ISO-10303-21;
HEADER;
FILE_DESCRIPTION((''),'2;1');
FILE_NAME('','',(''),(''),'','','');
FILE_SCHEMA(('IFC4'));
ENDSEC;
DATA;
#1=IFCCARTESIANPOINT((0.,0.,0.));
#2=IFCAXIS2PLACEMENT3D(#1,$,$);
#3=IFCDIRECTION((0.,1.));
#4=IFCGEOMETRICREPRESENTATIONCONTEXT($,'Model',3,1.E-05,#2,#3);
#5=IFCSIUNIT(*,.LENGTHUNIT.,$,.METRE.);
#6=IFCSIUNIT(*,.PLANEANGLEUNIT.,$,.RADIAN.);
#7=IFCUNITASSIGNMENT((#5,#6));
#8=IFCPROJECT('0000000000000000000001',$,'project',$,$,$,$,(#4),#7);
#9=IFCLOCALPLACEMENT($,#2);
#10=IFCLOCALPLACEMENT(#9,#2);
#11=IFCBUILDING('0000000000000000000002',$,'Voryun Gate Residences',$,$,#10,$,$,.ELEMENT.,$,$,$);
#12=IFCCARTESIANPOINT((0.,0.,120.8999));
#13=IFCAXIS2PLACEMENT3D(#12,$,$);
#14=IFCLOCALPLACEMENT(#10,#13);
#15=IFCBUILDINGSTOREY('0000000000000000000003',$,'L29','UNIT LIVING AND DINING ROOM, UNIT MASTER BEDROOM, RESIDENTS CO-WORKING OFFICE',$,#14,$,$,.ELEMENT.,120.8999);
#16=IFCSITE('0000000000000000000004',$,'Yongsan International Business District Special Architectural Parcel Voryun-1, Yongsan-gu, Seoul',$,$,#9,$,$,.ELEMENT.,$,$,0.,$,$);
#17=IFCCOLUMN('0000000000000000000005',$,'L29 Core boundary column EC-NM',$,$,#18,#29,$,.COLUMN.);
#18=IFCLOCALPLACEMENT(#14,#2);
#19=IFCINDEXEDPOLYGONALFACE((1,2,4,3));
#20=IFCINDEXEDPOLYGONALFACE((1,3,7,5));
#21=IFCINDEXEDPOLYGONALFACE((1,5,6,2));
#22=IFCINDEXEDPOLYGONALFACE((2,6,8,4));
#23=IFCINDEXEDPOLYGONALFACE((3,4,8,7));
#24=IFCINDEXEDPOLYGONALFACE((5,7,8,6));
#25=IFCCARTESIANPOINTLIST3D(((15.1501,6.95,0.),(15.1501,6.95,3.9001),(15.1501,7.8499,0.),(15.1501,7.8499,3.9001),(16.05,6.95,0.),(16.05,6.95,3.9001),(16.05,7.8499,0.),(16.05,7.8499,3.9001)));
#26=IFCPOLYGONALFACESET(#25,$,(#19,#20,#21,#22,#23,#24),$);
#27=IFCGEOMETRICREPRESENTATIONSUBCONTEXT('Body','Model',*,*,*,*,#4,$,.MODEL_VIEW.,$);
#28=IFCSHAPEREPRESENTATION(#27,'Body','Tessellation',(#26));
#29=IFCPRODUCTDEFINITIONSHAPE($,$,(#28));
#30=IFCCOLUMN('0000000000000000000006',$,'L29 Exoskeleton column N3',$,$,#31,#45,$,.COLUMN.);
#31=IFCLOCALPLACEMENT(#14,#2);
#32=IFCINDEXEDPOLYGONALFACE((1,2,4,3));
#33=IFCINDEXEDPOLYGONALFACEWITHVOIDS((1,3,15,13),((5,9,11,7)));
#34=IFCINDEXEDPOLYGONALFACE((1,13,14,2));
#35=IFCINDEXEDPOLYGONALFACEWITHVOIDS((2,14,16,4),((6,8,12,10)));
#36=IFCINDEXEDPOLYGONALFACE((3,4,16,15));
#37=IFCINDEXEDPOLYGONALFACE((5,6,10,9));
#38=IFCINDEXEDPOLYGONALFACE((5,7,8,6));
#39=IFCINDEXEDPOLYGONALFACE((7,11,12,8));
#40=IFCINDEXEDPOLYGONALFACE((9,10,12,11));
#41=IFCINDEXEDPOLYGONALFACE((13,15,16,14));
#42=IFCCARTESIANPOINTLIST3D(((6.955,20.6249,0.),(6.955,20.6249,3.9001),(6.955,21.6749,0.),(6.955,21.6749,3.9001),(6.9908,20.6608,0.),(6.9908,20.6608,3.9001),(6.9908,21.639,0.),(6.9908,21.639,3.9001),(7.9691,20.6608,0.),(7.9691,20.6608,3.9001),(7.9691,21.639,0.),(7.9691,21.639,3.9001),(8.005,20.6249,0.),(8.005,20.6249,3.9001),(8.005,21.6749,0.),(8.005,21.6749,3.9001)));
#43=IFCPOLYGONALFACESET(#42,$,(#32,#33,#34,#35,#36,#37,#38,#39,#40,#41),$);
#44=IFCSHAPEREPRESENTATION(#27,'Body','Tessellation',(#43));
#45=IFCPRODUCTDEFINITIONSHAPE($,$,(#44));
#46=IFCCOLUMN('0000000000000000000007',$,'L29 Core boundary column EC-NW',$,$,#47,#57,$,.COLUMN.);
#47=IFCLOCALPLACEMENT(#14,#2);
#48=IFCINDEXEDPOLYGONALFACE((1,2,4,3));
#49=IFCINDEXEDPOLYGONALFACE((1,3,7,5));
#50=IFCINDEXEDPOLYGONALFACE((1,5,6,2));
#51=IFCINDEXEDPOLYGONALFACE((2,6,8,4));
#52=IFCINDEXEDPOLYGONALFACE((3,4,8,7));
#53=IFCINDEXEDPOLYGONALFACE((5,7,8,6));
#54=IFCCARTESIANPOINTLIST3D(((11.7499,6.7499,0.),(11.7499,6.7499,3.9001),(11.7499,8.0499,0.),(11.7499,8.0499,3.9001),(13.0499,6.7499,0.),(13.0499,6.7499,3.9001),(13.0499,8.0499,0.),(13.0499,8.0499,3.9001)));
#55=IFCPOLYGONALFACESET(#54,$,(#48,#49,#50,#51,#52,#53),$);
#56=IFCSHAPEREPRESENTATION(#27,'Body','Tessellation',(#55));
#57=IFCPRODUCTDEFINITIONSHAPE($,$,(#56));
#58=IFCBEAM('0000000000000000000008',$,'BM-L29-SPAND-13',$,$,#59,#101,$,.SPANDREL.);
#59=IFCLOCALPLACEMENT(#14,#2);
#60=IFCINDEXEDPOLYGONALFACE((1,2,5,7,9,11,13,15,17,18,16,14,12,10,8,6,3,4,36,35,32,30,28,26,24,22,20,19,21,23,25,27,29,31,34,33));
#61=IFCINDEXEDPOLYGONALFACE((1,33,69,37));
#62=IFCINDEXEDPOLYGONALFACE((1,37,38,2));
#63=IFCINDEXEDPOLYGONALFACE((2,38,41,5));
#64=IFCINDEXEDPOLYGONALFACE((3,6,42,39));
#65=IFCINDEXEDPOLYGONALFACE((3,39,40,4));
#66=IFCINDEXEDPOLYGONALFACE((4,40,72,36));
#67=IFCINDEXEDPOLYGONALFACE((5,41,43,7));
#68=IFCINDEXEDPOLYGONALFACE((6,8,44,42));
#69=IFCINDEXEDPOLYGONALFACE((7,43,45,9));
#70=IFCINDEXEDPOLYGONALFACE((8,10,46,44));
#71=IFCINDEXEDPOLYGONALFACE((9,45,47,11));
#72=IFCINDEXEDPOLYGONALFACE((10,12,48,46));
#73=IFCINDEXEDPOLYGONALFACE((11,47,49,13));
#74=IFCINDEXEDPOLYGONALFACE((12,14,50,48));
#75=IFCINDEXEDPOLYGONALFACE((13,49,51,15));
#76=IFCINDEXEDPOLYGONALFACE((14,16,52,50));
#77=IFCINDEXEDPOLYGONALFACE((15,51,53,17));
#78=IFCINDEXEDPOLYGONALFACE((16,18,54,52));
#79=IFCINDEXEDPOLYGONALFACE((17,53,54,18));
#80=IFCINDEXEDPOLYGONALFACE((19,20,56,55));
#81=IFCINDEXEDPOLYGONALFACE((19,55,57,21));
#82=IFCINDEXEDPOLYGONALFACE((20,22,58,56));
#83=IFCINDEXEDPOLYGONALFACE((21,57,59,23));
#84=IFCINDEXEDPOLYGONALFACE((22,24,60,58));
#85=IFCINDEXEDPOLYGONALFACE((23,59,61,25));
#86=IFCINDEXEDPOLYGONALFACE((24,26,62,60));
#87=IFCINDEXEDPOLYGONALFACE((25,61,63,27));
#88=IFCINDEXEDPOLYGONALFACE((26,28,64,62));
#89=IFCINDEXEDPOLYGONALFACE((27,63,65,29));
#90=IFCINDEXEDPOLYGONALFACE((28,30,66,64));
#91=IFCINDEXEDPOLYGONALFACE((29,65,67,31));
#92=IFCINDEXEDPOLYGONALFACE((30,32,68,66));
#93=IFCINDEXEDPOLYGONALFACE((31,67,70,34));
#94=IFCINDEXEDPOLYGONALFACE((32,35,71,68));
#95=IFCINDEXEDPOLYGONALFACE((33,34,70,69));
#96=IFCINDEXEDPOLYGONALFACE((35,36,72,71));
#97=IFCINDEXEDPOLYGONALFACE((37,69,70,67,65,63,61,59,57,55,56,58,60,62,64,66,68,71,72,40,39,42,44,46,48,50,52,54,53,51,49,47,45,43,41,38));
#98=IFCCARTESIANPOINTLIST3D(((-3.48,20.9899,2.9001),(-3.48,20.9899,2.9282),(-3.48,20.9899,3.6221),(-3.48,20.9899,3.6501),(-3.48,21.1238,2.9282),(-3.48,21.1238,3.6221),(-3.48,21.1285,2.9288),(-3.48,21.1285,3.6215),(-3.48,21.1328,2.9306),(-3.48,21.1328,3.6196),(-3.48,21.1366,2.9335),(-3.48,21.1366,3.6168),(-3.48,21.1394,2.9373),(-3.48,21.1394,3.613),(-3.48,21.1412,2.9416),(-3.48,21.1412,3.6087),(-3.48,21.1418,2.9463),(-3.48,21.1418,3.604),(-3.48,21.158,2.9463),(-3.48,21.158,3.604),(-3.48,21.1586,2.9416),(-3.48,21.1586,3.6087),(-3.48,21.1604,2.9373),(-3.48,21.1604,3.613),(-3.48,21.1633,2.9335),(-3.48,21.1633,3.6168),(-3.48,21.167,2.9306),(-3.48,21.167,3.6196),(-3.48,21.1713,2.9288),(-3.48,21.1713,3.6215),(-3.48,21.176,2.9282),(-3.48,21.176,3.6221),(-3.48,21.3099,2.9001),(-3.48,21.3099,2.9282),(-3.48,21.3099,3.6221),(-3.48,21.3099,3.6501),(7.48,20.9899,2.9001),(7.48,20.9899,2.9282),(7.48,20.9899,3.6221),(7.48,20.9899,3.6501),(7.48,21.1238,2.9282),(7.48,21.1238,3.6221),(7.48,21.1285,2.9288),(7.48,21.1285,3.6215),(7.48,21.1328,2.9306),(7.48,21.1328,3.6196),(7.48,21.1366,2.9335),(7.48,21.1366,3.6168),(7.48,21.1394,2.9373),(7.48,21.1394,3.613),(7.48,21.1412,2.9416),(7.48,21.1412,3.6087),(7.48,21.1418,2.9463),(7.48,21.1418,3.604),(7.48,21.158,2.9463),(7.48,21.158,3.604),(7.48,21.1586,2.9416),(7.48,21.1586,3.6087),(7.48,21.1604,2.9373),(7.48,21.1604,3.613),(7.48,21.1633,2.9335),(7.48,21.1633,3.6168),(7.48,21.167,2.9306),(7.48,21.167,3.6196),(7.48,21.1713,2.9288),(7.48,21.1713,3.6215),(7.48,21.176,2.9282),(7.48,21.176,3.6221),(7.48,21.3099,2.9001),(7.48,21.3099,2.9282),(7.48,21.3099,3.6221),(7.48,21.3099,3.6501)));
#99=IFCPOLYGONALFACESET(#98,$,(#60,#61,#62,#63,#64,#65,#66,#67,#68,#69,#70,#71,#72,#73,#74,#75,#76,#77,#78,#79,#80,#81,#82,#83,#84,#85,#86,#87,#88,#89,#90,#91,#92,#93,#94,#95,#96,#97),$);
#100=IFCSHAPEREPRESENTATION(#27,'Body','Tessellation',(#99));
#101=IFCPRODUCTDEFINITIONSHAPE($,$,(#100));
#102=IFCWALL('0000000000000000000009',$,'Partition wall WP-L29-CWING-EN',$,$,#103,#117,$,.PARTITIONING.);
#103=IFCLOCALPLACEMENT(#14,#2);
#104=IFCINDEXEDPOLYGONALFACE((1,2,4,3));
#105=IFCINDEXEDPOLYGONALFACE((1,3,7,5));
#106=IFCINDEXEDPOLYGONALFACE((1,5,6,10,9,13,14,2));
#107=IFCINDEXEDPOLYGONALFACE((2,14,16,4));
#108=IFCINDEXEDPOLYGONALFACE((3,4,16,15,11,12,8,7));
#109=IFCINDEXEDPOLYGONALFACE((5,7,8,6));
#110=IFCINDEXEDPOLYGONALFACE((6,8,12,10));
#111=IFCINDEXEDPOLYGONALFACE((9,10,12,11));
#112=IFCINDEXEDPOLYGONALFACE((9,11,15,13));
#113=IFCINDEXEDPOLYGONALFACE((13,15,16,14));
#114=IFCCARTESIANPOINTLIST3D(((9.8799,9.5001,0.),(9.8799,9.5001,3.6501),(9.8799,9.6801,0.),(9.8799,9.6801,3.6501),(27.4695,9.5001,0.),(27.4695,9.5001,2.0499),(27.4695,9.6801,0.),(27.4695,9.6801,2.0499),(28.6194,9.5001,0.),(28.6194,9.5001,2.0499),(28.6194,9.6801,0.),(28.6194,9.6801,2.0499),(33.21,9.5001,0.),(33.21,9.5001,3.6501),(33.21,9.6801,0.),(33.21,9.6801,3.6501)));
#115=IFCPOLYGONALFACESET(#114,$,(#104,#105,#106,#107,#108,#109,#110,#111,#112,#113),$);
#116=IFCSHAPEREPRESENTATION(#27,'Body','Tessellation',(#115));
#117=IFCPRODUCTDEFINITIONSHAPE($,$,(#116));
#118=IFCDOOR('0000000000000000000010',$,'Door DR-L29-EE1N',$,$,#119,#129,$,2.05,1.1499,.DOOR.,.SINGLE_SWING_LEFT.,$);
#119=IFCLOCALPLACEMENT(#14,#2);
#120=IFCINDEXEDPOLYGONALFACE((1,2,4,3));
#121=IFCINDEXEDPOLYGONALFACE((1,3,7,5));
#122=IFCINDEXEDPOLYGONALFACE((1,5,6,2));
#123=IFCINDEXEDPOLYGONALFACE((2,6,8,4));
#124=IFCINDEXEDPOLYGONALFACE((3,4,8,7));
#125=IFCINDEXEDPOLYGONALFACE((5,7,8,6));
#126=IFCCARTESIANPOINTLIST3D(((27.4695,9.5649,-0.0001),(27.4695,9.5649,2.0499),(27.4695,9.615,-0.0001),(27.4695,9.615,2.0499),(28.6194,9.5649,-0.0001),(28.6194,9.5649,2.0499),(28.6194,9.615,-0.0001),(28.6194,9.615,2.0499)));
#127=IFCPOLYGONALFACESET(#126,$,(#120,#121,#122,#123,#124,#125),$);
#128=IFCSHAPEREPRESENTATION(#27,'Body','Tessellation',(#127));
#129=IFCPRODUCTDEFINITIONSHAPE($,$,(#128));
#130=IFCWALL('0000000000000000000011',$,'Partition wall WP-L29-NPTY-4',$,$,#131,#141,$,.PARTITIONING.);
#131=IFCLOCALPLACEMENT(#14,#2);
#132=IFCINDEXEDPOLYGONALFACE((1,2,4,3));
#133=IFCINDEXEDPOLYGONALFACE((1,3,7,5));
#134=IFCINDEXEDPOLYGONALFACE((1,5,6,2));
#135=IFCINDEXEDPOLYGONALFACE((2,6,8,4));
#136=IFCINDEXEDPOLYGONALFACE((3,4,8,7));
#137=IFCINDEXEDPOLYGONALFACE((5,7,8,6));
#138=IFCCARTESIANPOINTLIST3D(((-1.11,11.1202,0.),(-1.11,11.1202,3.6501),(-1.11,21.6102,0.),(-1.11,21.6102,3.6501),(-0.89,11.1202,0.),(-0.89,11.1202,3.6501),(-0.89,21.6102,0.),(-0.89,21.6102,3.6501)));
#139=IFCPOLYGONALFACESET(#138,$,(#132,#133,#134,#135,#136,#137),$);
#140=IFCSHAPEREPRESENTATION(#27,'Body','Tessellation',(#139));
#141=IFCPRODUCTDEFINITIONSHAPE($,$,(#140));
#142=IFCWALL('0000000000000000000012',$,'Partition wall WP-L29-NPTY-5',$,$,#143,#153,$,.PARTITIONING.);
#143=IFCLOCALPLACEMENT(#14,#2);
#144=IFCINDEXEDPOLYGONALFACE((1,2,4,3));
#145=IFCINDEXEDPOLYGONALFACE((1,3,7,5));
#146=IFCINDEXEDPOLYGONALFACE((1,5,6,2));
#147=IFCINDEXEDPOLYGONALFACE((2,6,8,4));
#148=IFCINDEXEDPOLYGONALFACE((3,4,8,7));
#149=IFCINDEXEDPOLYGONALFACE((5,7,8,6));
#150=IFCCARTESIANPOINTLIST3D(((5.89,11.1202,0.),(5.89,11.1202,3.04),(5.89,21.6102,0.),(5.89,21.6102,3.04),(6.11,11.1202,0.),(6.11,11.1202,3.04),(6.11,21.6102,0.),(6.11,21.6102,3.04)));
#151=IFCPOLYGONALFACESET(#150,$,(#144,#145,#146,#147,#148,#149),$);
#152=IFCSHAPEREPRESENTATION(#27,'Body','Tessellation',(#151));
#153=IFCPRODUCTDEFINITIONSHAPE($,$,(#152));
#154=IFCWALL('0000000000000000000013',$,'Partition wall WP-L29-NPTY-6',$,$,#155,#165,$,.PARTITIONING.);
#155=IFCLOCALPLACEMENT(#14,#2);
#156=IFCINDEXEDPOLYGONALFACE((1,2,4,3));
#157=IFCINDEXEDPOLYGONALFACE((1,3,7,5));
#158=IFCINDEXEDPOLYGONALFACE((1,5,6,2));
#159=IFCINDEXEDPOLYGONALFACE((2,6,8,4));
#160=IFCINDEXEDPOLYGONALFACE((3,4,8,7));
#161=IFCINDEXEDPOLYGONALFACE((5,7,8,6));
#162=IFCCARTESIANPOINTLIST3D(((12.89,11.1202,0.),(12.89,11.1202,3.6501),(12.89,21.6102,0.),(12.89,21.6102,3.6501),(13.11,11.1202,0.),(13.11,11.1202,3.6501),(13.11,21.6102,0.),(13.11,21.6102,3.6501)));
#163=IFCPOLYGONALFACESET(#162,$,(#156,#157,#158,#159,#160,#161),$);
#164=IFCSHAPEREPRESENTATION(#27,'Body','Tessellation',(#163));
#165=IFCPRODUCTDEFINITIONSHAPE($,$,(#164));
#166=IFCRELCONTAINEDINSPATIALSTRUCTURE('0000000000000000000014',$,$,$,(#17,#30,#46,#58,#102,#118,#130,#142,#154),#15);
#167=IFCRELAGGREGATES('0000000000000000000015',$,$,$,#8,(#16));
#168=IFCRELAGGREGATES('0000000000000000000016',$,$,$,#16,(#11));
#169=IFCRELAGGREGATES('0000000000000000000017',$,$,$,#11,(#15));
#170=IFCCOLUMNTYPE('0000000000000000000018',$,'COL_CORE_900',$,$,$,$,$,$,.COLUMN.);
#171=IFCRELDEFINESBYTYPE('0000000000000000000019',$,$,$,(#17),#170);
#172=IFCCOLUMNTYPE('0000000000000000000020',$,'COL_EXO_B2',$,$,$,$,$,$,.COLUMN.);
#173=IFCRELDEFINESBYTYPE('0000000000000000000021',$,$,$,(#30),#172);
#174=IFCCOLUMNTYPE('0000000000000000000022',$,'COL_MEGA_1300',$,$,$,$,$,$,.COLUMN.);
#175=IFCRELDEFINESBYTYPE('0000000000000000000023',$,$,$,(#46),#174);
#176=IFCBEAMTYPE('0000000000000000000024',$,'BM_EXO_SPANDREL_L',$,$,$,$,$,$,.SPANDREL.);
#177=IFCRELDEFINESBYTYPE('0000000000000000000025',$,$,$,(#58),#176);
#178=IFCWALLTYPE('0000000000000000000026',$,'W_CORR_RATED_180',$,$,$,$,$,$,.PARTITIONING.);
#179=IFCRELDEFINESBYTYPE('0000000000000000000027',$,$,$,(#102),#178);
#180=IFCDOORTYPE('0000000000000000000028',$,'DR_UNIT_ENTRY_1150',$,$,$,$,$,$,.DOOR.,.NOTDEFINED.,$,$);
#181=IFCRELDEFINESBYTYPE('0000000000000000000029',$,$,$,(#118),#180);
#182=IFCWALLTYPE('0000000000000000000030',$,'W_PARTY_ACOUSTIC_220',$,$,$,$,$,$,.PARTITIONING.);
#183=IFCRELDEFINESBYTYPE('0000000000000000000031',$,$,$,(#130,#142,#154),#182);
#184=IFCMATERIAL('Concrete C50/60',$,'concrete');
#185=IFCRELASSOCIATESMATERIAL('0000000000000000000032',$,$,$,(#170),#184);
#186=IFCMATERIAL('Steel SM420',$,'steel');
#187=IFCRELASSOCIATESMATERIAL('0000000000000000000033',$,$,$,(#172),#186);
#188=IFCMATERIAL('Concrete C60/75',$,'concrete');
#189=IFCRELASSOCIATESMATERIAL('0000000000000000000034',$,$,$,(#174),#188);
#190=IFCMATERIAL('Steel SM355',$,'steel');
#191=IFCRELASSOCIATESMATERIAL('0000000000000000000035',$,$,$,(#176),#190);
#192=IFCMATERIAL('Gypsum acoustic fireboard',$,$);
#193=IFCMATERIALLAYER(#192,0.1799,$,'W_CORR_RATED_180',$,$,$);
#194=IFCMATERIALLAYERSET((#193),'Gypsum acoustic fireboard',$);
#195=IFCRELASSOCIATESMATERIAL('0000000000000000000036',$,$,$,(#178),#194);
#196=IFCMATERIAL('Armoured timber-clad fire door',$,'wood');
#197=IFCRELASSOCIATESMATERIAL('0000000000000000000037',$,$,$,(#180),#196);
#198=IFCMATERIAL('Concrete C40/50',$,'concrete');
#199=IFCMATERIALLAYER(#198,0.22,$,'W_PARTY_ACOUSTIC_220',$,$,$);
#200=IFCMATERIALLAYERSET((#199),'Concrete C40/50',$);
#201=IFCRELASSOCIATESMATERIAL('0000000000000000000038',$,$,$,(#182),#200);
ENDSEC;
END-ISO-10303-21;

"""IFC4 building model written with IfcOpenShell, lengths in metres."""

from ifc_helpers import new_model, si_unit, direction, frame, frame_2d, origin, origin_2d, place, context, subcontext, project, spatial, rectangle, hollow_rectangle, i_section, extrude, material, layer, layer_set, material_profile, profile_set, type_object, element, fill, save


model = new_model("IFC4")

# Units and contexts
model_context = context("Model", 3, precision=1e-05, world=origin(), true_north=direction((0.0, 1.0)))
body_context = subcontext(model_context, "Body", "Model", "MODEL_VIEW")
ifc_project = project(units=[si_unit("LENGTHUNIT", "METRE"), si_unit("PLANEANGLEUNIT", "RADIAN")], contexts=[model_context])

# Site, building, storey
site_placement = place(None, origin())
site = spatial("IfcSite", under=ifc_project, at=site_placement, Name="Yongsan International Business District Special Architectural Parcel Voryun-1, Yongsan-gu, Seoul", CompositionType="ELEMENT", RefElevation=0.0)
building_placement = place(site_placement, origin())
building = spatial("IfcBuilding", under=site, at=building_placement, Name="Voryun Gate Residences", CompositionType="ELEMENT")
storey_placement = place(building_placement, frame((0.0, 0.0, 120.8999)))
storey = spatial("IfcBuildingStorey", under=building, at=storey_placement, Name="L29", Description="UNIT LIVING AND DINING ROOM, UNIT MASTER BEDROOM, RESIDENTS CO-WORKING OFFICE", CompositionType="ELEMENT", Elevation=120.8999)

# Columns
ifc_material_1 = material(Name="Concrete C50/60", Category="concrete")
ifc_material_profile_1 = material_profile(ifc_material_1, rectangle(XDim=0.8999, YDim=0.8999, at=origin_2d()), Name="RC-900x900")
ifc_profile_set_1 = profile_set([ifc_material_profile_1], Name="Concrete C50/60")
column_type_1 = type_object("IfcColumnType", Name="COL_CORE_900", PredefinedType="COLUMN", material=ifc_profile_set_1)
column_1_placement = place(storey_placement, frame((15.6001, 7.3999, 0.0), z_axis=(0.0, 0.0, 1.0), x_axis=(1.0, 0.0, 0.0)))
element("IfcColumn", 1, at=column_1_placement, inside=storey, type_object=column_type_1, Name="L29 Core boundary column EC-NM", PredefinedType="COLUMN", context=body_context, shape_type="SweptSolid", body=[
    extrude(rectangle(XDim=0.8999, YDim=0.8999, at=origin_2d()), origin(), (0.0, 0.0, 1.0), 3.9001),
])
ifc_material_2 = material(Name="Steel SM420", Category="steel")
ifc_material_profile_2 = material_profile(ifc_material_2, hollow_rectangle(XDim=1.05, YDim=1.05, WallThickness=0.0359, at=origin_2d()), Name="BOX-1050x1050x36")
ifc_profile_set_2 = profile_set([ifc_material_profile_2], Name="Steel SM420")
column_type_2 = type_object("IfcColumnType", Name="COL_EXO_B2", PredefinedType="COLUMN", material=ifc_profile_set_2)
column_2_placement = place(storey_placement, frame((7.48, 21.1499, 0.0), z_axis=(0.0, 0.0, 1.0), x_axis=(1.0, 0.0, 0.0)))
element("IfcColumn", 2, at=column_2_placement, inside=storey, type_object=column_type_2, Name="L29 Exoskeleton column N3", PredefinedType="COLUMN", context=body_context, shape_type="SweptSolid", body=[
    extrude(hollow_rectangle(XDim=1.05, YDim=1.05, WallThickness=0.0359, at=origin_2d()), origin(), (0.0, 0.0, 1.0), 3.9001),
])
ifc_material_3 = material(Name="Concrete C60/75", Category="concrete")
ifc_material_profile_3 = material_profile(ifc_material_3, rectangle(XDim=1.3, YDim=1.3, at=origin_2d()), Name="RC-1300x1300")
ifc_profile_set_3 = profile_set([ifc_material_profile_3], Name="Concrete C60/75")
column_type_3 = type_object("IfcColumnType", Name="COL_MEGA_1300", PredefinedType="COLUMN", material=ifc_profile_set_3)
column_3_placement = place(storey_placement, frame((12.3999, 7.3999, 0.0), z_axis=(0.0, 0.0, 1.0), x_axis=(1.0, 0.0, 0.0)))
element("IfcColumn", 3, at=column_3_placement, inside=storey, type_object=column_type_3, Name="L29 Core boundary column EC-NW", PredefinedType="COLUMN", context=body_context, shape_type="SweptSolid", body=[
    extrude(rectangle(XDim=1.3, YDim=1.3, at=origin_2d()), origin(), (0.0, 0.0, 1.0), 3.9001),
])

# Beam
ifc_material_4 = material(Name="Steel SM355", Category="steel")
ifc_material_profile_4 = material_profile(ifc_material_4, i_section(OverallWidth=0.3201, OverallDepth=0.75, WebThickness=0.0161, FlangeThickness=0.0281, FilletRadius=0.0181, at=origin_2d()), Name="H-750x320x16x28")
ifc_profile_set_4 = profile_set([ifc_material_profile_4], Name="Steel SM355")
beam_type = type_object("IfcBeamType", Name="BM_EXO_SPANDREL_L", PredefinedType="SPANDREL", material=ifc_profile_set_4)
beam_placement = place(storey_placement, frame((7.48, 21.1499, 3.2751), z_axis=(-1.0, 0.0, 0.0), x_axis=(0.0, -1.0, 0.0)))
element("IfcBeam", 4, at=beam_placement, inside=storey, type_object=beam_type, Name="BM-L29-SPAND-13", PredefinedType="SPANDREL", context=body_context, shape_type="SweptSolid", body=[
    extrude(i_section(OverallWidth=0.3201, OverallDepth=0.75, WebThickness=0.0161, FlangeThickness=0.0281, FilletRadius=0.0181, at=origin_2d()), origin(), (0.0, 0.0, 1.0), 10.96),
])

# Wall, opening, door
ifc_material_5 = material(Name="Gypsum acoustic fireboard")
ifc_layer_1 = layer(ifc_material_5, 0.1799, Name="W_CORR_RATED_180")
ifc_layer_set_1 = layer_set([ifc_layer_1], Name="Gypsum acoustic fireboard")
wall_type_1 = type_object("IfcWallType", Name="W_CORR_RATED_180", PredefinedType="PARTITIONING", material=ifc_layer_set_1)
wall_1_placement = place(storey_placement, frame((9.8799, 9.5901, 0.0), z_axis=(0.0, 0.0, 1.0), x_axis=(1.0, 0.0, 0.0)))
wall_1 = element("IfcWall", 5, at=wall_1_placement, inside=storey, type_object=wall_type_1, Name="Partition wall WP-L29-CWING-EN", PredefinedType="PARTITIONING", context=body_context, shape_type="SweptSolid", body=[
    extrude(rectangle(XDim=23.3301, YDim=0.1799, at=frame_2d((11.665, 0.0))), origin(), (0.0, 0.0, 1.0), 3.6501),
])
opening_1_placement = place(wall_1_placement, frame((17.5896, 0.0, 0.0)))
opening_1 = element("IfcOpeningElement", 6, at=opening_1_placement, cuts=wall_1, PredefinedType="OPENING", context=body_context, shape_type="SweptSolid", body=[
    extrude(rectangle(XDim=1.1499, YDim=2.05, at=frame_2d((0.575, 1.0249))), frame((0.0, 0.0999, 0.0), z_axis=(0.0, -1.0, 0.0), x_axis=(1.0, 0.0, 0.0)), (0.0, 0.0, 1.0), 0.2),
])
ifc_material_6 = material(Name="Armoured timber-clad fire door", Category="wood")
door_type_1 = type_object("IfcDoorType", Name="DR_UNIT_ENTRY_1150", OperationType="NOTDEFINED", PredefinedType="DOOR", material=ifc_material_6)
door_1_placement = place(opening_1_placement, origin())
door_1 = element("IfcDoor", 7, at=door_1_placement, inside=storey, type_object=door_type_1, Name="Door DR-L29-EE1N", OperationType="SINGLE_SWING_LEFT", OverallHeight=2.05, OverallWidth=1.1499, PredefinedType="DOOR", context=body_context, shape_type="SweptSolid", body=[
    extrude(rectangle(XDim=1.1499, YDim=2.05, at=frame_2d((0.575, 1.0249))), frame((0.0, 0.0249, 0.0), z_axis=(0.0, -1.0, 0.0), x_axis=(1.0, 0.0, 0.0)), (0.0, 0.0, 1.0), 0.05),
])
fill(opening_1, door_1)

# Walls
ifc_material_7 = material(Name="Concrete C40/50", Category="concrete")
ifc_layer_2 = layer(ifc_material_7, 0.22, Name="W_PARTY_ACOUSTIC_220")
ifc_layer_set_2 = layer_set([ifc_layer_2], Name="Concrete C40/50")
wall_type_2 = type_object("IfcWallType", Name="W_PARTY_ACOUSTIC_220", PredefinedType="PARTITIONING", material=ifc_layer_set_2)
wall_2_placement = place(storey_placement, frame((-1.0, 11.1201, 0.0), z_axis=(0.0, 0.0, 1.0), x_axis=(0.0, 1.0, 0.0)))
element("IfcWall", 8, at=wall_2_placement, inside=storey, type_object=wall_type_2, Name="Partition wall WP-L29-NPTY-4", PredefinedType="PARTITIONING", context=body_context, shape_type="SweptSolid", body=[
    extrude(rectangle(XDim=10.49, YDim=0.22, at=frame_2d((5.2451, 0.0))), origin(), (0.0, 0.0, 1.0), 3.6501),
])
wall_3_placement = place(storey_placement, frame((6.0, 11.1201, 0.0), z_axis=(0.0, 0.0, 1.0), x_axis=(0.0, 1.0, 0.0)))
element("IfcWall", 9, at=wall_3_placement, inside=storey, type_object=wall_type_2, Name="Partition wall WP-L29-NPTY-5", PredefinedType="PARTITIONING", context=body_context, shape_type="SweptSolid", body=[
    extrude(rectangle(XDim=10.49, YDim=0.22, at=frame_2d((5.2451, 0.0))), origin(), (0.0, 0.0, 1.0), 3.04),
])
wall_4_placement = place(storey_placement, frame((13.0, 11.1201, 0.0), z_axis=(0.0, 0.0, 1.0), x_axis=(0.0, 1.0, 0.0)))
element("IfcWall", 10, at=wall_4_placement, inside=storey, type_object=wall_type_2, Name="Partition wall WP-L29-NPTY-6", PredefinedType="PARTITIONING", context=body_context, shape_type="SweptSolid", body=[
    extrude(rectangle(XDim=10.49, YDim=0.22, at=frame_2d((5.2451, 0.0))), origin(), (0.0, 0.0, 1.0), 3.6501),
])

save(model, "model.ifc")
